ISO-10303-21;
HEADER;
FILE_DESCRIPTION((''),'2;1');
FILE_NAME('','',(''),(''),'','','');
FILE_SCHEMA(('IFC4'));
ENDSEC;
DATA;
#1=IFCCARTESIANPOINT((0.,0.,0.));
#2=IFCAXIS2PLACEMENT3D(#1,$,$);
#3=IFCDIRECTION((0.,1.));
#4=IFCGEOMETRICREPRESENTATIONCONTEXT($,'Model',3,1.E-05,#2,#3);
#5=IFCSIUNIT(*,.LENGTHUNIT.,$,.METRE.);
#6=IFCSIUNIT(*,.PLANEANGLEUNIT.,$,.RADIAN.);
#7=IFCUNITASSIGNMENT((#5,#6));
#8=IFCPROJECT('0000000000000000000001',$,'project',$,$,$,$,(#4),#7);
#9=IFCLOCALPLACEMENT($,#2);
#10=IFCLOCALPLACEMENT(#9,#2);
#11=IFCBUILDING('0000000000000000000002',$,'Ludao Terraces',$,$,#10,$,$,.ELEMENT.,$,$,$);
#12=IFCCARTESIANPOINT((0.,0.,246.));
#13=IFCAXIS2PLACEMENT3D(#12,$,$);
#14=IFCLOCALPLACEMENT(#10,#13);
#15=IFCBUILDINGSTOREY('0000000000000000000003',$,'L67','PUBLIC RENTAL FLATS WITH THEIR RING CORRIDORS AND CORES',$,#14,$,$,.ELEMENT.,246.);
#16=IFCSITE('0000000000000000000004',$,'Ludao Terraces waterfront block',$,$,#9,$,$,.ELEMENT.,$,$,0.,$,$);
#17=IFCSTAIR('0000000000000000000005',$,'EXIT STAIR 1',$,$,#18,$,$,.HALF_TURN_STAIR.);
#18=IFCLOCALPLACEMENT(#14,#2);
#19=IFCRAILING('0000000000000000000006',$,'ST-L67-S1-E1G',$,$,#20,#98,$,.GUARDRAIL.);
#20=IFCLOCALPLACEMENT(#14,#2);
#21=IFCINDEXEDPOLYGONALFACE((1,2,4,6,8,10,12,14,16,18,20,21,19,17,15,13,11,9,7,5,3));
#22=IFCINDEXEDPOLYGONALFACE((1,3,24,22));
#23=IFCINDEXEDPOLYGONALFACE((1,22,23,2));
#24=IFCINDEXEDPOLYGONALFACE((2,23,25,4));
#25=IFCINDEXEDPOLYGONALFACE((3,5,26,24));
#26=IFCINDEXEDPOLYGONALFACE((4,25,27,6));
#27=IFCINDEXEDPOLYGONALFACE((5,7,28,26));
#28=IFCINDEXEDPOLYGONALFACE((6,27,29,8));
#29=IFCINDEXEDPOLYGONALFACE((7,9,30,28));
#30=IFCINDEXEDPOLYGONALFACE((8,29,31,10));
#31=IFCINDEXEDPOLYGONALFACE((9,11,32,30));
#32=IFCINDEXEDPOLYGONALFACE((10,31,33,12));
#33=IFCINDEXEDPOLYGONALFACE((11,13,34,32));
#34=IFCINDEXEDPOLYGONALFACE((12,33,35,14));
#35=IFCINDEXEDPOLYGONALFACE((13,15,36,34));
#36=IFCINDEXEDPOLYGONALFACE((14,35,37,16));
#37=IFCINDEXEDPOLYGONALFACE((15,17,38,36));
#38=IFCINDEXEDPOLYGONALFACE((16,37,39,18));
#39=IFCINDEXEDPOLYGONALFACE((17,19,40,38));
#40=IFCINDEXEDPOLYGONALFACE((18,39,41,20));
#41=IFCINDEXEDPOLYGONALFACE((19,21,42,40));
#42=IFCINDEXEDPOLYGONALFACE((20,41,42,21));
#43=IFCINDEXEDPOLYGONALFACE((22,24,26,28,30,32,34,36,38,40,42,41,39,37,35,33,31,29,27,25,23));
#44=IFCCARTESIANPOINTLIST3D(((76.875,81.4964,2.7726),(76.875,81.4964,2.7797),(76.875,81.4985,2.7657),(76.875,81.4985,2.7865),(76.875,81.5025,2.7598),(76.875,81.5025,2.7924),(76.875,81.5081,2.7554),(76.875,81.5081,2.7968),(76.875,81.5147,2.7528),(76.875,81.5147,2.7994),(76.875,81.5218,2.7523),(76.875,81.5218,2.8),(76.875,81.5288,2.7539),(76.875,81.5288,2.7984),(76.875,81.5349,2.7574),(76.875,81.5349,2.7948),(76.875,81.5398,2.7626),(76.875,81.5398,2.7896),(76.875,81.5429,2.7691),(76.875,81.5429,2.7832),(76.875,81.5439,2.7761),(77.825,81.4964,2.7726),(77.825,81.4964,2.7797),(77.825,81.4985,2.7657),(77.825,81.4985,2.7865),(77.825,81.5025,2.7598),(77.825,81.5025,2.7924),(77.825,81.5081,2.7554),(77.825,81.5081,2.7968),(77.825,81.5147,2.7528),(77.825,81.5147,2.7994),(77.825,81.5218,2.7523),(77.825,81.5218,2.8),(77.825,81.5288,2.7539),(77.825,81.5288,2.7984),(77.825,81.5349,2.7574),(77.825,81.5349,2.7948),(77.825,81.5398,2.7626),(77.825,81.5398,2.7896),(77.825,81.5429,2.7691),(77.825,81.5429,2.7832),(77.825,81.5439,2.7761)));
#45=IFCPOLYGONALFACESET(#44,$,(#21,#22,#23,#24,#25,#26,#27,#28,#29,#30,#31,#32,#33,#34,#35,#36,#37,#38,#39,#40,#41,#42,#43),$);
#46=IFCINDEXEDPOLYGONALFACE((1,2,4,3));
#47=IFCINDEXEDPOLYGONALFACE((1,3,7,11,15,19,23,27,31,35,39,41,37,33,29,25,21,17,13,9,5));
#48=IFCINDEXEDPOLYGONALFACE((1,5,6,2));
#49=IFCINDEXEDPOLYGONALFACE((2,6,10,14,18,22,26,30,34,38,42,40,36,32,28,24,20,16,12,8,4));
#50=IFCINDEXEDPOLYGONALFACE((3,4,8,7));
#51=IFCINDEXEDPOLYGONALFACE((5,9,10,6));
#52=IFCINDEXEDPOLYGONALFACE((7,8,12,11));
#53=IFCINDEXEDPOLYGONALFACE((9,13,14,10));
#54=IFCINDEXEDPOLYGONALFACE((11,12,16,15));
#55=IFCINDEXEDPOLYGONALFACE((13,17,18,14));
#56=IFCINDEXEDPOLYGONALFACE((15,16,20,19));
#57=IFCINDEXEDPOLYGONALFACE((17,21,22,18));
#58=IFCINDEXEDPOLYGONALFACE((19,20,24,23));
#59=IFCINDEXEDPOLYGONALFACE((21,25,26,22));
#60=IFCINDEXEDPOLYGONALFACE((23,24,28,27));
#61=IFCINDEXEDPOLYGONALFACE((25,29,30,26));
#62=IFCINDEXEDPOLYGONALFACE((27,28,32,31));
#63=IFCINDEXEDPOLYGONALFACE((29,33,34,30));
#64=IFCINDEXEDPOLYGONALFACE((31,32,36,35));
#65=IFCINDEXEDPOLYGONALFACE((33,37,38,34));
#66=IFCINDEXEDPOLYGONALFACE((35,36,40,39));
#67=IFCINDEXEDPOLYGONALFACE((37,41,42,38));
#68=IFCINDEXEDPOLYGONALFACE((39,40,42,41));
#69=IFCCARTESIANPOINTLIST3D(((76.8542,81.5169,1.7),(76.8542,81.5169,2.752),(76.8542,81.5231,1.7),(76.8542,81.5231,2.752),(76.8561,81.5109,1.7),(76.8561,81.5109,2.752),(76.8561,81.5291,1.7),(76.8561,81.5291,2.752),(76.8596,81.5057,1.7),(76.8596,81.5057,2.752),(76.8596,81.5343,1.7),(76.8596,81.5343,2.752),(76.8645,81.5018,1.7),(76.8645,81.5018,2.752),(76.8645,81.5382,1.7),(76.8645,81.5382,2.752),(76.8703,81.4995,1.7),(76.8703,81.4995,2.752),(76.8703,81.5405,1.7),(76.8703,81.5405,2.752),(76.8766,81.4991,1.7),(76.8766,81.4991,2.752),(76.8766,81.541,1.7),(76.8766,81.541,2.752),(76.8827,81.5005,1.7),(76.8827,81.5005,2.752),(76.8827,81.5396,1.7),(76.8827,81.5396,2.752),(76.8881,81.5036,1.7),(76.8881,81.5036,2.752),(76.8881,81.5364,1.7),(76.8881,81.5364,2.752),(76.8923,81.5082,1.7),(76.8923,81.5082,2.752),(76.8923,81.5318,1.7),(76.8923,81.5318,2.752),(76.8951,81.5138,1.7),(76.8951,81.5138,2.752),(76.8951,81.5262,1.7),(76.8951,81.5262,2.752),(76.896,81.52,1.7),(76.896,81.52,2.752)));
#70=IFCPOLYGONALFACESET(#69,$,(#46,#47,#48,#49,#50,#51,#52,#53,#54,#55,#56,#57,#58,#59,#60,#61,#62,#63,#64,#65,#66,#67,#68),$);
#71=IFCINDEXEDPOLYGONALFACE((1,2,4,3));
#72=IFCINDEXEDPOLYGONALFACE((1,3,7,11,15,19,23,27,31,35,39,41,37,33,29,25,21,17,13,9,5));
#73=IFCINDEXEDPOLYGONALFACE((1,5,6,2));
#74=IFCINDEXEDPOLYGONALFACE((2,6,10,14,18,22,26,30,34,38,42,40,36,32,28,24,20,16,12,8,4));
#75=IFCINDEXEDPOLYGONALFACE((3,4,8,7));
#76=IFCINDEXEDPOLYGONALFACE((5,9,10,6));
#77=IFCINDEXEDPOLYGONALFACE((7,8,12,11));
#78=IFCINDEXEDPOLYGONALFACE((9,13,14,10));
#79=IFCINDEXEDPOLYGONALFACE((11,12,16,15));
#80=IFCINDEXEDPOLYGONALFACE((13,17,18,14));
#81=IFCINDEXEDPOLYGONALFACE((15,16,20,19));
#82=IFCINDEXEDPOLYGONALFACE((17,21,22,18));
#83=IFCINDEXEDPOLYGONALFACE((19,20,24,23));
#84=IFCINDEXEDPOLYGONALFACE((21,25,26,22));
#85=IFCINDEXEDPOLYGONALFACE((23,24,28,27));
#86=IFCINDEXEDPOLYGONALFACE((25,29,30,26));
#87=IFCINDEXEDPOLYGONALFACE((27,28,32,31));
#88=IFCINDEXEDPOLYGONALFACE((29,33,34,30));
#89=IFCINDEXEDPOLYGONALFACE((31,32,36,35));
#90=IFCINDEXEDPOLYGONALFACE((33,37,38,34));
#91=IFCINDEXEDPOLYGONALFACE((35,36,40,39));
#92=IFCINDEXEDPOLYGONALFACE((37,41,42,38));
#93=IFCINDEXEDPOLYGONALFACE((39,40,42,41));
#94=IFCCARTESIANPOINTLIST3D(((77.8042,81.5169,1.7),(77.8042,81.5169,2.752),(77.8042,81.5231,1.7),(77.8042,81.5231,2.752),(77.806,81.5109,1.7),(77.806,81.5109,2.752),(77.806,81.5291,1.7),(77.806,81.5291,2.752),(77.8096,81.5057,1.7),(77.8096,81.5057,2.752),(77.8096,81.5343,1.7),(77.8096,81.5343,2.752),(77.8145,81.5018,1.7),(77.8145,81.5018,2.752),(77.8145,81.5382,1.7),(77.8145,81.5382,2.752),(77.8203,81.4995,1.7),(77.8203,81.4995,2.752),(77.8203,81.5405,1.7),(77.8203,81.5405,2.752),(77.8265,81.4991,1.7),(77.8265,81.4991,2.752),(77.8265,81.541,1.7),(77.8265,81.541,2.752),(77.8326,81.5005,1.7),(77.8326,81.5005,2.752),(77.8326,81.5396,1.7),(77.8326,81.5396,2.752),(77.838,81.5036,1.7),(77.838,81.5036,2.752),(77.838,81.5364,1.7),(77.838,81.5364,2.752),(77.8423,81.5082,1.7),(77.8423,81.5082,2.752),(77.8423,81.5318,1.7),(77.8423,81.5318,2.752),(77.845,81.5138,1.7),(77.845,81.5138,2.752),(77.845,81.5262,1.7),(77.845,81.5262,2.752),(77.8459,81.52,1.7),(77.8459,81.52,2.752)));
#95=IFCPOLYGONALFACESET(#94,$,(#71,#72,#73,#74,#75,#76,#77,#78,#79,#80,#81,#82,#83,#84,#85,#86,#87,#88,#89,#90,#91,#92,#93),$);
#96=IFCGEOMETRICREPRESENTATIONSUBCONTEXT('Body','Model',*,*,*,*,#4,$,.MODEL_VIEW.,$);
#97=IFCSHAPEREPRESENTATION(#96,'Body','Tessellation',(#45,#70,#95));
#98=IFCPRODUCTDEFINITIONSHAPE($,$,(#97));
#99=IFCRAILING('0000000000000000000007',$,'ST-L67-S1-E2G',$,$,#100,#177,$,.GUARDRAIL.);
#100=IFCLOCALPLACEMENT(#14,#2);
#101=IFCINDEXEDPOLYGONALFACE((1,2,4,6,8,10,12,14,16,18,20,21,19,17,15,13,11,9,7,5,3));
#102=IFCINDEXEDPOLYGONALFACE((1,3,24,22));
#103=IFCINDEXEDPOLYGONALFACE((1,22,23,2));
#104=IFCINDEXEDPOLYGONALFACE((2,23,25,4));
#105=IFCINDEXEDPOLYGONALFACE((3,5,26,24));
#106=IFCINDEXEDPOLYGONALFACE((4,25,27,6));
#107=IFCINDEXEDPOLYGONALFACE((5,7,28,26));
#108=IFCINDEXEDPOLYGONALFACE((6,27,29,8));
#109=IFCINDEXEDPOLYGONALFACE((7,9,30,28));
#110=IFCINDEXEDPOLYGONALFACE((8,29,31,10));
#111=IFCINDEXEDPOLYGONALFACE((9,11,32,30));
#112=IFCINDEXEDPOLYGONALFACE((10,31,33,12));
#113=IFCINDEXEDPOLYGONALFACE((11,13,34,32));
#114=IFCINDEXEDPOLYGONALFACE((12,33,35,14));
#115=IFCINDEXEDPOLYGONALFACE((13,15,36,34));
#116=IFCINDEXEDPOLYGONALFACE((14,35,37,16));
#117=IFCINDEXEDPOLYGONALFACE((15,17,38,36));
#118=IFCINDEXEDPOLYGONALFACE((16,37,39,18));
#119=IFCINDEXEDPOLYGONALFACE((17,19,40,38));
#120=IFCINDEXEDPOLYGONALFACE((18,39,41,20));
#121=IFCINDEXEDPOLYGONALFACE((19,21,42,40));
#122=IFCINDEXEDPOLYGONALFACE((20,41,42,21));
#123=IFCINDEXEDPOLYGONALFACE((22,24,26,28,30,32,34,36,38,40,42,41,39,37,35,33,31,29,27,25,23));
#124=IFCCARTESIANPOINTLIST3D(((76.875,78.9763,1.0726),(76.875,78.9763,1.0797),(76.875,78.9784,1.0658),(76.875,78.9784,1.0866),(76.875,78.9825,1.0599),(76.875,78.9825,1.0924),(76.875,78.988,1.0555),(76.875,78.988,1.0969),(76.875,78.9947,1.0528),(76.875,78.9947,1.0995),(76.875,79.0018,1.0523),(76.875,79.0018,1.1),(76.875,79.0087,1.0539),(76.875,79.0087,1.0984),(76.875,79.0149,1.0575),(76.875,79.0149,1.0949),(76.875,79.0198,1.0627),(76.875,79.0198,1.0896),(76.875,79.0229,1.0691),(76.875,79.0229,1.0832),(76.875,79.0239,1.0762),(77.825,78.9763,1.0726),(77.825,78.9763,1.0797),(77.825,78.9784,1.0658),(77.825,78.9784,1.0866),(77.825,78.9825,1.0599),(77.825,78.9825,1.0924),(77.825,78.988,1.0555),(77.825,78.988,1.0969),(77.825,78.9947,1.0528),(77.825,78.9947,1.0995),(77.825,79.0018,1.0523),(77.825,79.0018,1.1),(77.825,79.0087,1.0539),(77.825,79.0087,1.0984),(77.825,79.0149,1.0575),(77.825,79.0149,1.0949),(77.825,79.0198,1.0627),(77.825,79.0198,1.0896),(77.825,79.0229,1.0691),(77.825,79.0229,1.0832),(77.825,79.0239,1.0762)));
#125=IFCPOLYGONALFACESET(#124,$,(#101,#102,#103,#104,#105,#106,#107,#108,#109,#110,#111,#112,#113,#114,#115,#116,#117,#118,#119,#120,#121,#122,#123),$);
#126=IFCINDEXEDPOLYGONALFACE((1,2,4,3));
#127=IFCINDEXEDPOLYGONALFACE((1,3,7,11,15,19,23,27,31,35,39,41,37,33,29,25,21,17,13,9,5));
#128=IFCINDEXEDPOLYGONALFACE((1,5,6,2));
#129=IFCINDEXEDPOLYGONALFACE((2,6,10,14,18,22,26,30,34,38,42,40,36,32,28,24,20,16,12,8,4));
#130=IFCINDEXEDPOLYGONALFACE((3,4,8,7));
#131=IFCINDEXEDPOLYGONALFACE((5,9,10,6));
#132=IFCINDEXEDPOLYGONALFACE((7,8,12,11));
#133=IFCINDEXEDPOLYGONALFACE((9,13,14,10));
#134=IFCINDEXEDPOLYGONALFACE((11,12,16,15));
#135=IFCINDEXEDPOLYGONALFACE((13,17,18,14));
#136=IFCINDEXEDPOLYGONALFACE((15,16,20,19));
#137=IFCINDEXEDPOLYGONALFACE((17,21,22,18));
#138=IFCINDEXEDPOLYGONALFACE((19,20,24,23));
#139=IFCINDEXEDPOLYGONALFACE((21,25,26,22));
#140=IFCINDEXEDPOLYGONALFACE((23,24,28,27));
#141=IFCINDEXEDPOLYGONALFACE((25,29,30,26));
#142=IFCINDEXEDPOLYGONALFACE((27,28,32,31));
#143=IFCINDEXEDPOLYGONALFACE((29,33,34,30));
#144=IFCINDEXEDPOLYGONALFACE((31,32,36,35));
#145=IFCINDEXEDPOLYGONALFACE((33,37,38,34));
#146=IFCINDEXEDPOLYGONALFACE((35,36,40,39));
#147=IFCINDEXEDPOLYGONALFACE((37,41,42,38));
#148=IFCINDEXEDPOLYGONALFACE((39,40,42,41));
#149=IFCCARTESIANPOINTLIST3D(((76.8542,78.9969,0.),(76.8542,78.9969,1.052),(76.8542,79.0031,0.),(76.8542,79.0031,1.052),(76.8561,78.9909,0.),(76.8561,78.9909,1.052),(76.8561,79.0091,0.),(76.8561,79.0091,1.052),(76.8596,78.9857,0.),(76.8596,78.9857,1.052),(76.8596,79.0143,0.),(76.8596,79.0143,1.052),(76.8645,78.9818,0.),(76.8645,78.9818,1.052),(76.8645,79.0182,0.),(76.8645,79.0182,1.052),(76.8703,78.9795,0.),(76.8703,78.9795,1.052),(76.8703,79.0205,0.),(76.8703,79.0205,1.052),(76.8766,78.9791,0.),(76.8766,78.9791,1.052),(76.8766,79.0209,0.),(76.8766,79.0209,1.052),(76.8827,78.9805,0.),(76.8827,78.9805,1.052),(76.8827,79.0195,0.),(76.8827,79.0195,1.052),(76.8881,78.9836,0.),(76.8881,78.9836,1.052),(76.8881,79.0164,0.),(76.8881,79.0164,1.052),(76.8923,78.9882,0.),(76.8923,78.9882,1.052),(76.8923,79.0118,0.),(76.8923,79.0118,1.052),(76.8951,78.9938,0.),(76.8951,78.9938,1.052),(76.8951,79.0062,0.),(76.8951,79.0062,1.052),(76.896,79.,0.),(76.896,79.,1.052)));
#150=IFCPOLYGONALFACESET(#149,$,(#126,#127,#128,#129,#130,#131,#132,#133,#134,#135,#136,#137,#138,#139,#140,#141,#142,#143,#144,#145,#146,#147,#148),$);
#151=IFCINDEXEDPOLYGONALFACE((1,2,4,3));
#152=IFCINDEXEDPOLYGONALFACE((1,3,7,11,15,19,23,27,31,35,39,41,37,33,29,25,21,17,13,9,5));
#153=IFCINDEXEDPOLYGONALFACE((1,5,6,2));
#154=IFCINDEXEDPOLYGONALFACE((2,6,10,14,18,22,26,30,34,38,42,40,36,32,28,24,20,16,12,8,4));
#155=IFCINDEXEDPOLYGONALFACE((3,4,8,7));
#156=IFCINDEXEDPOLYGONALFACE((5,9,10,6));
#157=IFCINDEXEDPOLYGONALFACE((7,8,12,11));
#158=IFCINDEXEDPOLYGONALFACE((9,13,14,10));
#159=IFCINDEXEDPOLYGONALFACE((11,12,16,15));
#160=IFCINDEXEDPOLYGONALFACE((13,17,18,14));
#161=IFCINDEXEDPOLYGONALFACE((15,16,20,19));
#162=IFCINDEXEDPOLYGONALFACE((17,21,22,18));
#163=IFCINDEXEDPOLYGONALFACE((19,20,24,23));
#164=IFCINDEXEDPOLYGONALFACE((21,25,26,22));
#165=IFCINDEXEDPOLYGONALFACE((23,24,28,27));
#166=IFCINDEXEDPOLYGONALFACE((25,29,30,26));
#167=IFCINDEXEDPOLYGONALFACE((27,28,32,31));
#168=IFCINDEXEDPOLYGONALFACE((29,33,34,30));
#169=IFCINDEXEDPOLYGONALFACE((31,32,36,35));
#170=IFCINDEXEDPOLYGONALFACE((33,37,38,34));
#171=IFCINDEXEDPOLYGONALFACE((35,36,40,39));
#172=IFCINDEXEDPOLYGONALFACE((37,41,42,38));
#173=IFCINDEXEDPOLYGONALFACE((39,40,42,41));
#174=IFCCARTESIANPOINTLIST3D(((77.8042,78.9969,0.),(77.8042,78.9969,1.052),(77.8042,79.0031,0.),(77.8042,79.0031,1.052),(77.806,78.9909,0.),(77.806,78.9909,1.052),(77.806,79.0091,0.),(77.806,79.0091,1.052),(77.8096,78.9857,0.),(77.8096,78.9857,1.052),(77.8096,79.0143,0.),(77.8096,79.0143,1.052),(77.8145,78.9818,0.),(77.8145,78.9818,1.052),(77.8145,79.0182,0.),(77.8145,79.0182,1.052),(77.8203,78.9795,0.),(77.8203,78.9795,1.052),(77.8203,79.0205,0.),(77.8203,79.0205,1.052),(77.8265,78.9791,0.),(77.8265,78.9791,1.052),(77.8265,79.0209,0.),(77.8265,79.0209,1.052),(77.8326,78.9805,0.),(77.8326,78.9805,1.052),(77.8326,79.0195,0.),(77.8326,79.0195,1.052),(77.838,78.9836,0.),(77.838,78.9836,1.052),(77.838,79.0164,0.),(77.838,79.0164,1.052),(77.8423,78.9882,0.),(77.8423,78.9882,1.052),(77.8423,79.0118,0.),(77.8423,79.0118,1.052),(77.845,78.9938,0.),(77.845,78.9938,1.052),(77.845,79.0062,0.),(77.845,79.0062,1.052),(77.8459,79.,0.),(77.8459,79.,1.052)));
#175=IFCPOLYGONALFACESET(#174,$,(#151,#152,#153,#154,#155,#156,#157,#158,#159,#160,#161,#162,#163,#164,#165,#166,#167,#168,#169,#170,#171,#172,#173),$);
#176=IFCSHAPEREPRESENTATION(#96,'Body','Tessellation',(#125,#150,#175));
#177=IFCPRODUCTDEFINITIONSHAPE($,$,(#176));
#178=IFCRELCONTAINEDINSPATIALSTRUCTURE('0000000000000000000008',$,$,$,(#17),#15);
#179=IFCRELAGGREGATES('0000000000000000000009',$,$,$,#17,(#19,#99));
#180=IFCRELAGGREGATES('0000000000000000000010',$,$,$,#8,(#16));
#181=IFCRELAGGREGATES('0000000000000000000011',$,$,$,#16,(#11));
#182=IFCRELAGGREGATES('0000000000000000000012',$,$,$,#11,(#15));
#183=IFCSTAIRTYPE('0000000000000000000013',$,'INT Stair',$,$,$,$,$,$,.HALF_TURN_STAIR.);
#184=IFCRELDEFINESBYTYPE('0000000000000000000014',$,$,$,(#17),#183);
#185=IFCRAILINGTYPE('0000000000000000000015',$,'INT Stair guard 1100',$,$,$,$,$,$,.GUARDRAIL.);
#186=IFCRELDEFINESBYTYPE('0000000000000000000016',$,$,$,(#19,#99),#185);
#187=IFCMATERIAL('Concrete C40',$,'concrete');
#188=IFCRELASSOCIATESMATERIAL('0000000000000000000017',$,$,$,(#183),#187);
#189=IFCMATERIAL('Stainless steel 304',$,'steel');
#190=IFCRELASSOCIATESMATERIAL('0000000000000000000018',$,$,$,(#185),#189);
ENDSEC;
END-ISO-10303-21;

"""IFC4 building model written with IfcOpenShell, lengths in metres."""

from ifc_helpers import new_model, si_unit, direction, frame, origin, origin_2d, place, context, subcontext, project, spatial, circle, extrude, material, type_object, element, aggregate, save


model = new_model("IFC4")

# Units and contexts
model_context = context("Model", 3, precision=1e-05, world=origin(), true_north=direction((0.0, 1.0)))
body_context = subcontext(model_context, "Body", "Model", "MODEL_VIEW")
ifc_project = project(units=[si_unit("LENGTHUNIT", "METRE"), si_unit("PLANEANGLEUNIT", "RADIAN")], contexts=[model_context])

# Site, building, storey
site_placement = place(None, origin())
site = spatial("IfcSite", under=ifc_project, at=site_placement, Name="Ludao Terraces waterfront block", CompositionType="ELEMENT", RefElevation=0.0)
building_placement = place(site_placement, origin())
building = spatial("IfcBuilding", under=site, at=building_placement, Name="Ludao Terraces", CompositionType="ELEMENT")
storey_placement = place(building_placement, frame((0.0, 0.0, 246.0)))
storey = spatial("IfcBuildingStorey", under=building, at=storey_placement, Name="L67", Description="PUBLIC RENTAL FLATS WITH THEIR RING CORRIDORS AND CORES", CompositionType="ELEMENT", Elevation=246.0)

# Shared definitions
ifc_material_1 = material(Name="Stainless steel 304", Category="steel")

# Stair, railings
ifc_material_2 = material(Name="Concrete C40", Category="concrete")
stair_type = type_object("IfcStairType", Name="INT Stair", PredefinedType="HALF_TURN_STAIR", material=ifc_material_2)
stair_placement = place(storey_placement, origin())
stair = element("IfcStair", 1, at=stair_placement, inside=storey, type_object=stair_type, Name="EXIT STAIR 1", PredefinedType="HALF_TURN_STAIR")
railing_type_1 = type_object("IfcRailingType", Name="INT Stair guard 1100", PredefinedType="GUARDRAIL", material=ifc_material_1)
railing_1_placement = place(storey_placement, frame((76.875, 81.52, 1.7)))
railing_1 = element("IfcRailing", 2, at=railing_1_placement, type_object=railing_type_1, Name="ST-L67-S1-E1G", PredefinedType="GUARDRAIL", context=body_context, shape_type="SweptSolid", body=[
    extrude(circle(Radius=0.0239, at=origin_2d()), frame((0.0, 0.0, 1.0762), z_axis=(1.0, 0.0, 0.0), x_axis=(0.0, 1.0, 0.0)), (0.0, 0.0, 1.0), 0.95),
    extrude(circle(Radius=0.021, at=origin_2d()), origin(), (0.0, 0.0, 1.0), 1.052),
    extrude(circle(Radius=0.021, at=origin_2d()), frame((0.95, 0.0, 0.0)), (0.0, 0.0, 1.0), 1.052),
])
railing_2_placement = place(storey_placement, frame((76.875, 79.0, 0.0)))
railing_2 = element("IfcRailing", 3, at=railing_2_placement, type_object=railing_type_1, Name="ST-L67-S1-E2G", PredefinedType="GUARDRAIL", context=body_context, shape_type="SweptSolid", body=[
    extrude(circle(Radius=0.0239, at=origin_2d()), frame((0.0, 0.0, 1.0762), z_axis=(1.0, 0.0, 0.0), x_axis=(0.0, 1.0, 0.0)), (0.0, 0.0, 1.0), 0.95),
    extrude(circle(Radius=0.021, at=origin_2d()), origin(), (0.0, 0.0, 1.0), 1.052),
    extrude(circle(Radius=0.021, at=origin_2d()), frame((0.95, 0.0, 0.0)), (0.0, 0.0, 1.0), 1.052),
])
aggregate(stair, [railing_1, railing_2])

save(model, "model.ifc")
